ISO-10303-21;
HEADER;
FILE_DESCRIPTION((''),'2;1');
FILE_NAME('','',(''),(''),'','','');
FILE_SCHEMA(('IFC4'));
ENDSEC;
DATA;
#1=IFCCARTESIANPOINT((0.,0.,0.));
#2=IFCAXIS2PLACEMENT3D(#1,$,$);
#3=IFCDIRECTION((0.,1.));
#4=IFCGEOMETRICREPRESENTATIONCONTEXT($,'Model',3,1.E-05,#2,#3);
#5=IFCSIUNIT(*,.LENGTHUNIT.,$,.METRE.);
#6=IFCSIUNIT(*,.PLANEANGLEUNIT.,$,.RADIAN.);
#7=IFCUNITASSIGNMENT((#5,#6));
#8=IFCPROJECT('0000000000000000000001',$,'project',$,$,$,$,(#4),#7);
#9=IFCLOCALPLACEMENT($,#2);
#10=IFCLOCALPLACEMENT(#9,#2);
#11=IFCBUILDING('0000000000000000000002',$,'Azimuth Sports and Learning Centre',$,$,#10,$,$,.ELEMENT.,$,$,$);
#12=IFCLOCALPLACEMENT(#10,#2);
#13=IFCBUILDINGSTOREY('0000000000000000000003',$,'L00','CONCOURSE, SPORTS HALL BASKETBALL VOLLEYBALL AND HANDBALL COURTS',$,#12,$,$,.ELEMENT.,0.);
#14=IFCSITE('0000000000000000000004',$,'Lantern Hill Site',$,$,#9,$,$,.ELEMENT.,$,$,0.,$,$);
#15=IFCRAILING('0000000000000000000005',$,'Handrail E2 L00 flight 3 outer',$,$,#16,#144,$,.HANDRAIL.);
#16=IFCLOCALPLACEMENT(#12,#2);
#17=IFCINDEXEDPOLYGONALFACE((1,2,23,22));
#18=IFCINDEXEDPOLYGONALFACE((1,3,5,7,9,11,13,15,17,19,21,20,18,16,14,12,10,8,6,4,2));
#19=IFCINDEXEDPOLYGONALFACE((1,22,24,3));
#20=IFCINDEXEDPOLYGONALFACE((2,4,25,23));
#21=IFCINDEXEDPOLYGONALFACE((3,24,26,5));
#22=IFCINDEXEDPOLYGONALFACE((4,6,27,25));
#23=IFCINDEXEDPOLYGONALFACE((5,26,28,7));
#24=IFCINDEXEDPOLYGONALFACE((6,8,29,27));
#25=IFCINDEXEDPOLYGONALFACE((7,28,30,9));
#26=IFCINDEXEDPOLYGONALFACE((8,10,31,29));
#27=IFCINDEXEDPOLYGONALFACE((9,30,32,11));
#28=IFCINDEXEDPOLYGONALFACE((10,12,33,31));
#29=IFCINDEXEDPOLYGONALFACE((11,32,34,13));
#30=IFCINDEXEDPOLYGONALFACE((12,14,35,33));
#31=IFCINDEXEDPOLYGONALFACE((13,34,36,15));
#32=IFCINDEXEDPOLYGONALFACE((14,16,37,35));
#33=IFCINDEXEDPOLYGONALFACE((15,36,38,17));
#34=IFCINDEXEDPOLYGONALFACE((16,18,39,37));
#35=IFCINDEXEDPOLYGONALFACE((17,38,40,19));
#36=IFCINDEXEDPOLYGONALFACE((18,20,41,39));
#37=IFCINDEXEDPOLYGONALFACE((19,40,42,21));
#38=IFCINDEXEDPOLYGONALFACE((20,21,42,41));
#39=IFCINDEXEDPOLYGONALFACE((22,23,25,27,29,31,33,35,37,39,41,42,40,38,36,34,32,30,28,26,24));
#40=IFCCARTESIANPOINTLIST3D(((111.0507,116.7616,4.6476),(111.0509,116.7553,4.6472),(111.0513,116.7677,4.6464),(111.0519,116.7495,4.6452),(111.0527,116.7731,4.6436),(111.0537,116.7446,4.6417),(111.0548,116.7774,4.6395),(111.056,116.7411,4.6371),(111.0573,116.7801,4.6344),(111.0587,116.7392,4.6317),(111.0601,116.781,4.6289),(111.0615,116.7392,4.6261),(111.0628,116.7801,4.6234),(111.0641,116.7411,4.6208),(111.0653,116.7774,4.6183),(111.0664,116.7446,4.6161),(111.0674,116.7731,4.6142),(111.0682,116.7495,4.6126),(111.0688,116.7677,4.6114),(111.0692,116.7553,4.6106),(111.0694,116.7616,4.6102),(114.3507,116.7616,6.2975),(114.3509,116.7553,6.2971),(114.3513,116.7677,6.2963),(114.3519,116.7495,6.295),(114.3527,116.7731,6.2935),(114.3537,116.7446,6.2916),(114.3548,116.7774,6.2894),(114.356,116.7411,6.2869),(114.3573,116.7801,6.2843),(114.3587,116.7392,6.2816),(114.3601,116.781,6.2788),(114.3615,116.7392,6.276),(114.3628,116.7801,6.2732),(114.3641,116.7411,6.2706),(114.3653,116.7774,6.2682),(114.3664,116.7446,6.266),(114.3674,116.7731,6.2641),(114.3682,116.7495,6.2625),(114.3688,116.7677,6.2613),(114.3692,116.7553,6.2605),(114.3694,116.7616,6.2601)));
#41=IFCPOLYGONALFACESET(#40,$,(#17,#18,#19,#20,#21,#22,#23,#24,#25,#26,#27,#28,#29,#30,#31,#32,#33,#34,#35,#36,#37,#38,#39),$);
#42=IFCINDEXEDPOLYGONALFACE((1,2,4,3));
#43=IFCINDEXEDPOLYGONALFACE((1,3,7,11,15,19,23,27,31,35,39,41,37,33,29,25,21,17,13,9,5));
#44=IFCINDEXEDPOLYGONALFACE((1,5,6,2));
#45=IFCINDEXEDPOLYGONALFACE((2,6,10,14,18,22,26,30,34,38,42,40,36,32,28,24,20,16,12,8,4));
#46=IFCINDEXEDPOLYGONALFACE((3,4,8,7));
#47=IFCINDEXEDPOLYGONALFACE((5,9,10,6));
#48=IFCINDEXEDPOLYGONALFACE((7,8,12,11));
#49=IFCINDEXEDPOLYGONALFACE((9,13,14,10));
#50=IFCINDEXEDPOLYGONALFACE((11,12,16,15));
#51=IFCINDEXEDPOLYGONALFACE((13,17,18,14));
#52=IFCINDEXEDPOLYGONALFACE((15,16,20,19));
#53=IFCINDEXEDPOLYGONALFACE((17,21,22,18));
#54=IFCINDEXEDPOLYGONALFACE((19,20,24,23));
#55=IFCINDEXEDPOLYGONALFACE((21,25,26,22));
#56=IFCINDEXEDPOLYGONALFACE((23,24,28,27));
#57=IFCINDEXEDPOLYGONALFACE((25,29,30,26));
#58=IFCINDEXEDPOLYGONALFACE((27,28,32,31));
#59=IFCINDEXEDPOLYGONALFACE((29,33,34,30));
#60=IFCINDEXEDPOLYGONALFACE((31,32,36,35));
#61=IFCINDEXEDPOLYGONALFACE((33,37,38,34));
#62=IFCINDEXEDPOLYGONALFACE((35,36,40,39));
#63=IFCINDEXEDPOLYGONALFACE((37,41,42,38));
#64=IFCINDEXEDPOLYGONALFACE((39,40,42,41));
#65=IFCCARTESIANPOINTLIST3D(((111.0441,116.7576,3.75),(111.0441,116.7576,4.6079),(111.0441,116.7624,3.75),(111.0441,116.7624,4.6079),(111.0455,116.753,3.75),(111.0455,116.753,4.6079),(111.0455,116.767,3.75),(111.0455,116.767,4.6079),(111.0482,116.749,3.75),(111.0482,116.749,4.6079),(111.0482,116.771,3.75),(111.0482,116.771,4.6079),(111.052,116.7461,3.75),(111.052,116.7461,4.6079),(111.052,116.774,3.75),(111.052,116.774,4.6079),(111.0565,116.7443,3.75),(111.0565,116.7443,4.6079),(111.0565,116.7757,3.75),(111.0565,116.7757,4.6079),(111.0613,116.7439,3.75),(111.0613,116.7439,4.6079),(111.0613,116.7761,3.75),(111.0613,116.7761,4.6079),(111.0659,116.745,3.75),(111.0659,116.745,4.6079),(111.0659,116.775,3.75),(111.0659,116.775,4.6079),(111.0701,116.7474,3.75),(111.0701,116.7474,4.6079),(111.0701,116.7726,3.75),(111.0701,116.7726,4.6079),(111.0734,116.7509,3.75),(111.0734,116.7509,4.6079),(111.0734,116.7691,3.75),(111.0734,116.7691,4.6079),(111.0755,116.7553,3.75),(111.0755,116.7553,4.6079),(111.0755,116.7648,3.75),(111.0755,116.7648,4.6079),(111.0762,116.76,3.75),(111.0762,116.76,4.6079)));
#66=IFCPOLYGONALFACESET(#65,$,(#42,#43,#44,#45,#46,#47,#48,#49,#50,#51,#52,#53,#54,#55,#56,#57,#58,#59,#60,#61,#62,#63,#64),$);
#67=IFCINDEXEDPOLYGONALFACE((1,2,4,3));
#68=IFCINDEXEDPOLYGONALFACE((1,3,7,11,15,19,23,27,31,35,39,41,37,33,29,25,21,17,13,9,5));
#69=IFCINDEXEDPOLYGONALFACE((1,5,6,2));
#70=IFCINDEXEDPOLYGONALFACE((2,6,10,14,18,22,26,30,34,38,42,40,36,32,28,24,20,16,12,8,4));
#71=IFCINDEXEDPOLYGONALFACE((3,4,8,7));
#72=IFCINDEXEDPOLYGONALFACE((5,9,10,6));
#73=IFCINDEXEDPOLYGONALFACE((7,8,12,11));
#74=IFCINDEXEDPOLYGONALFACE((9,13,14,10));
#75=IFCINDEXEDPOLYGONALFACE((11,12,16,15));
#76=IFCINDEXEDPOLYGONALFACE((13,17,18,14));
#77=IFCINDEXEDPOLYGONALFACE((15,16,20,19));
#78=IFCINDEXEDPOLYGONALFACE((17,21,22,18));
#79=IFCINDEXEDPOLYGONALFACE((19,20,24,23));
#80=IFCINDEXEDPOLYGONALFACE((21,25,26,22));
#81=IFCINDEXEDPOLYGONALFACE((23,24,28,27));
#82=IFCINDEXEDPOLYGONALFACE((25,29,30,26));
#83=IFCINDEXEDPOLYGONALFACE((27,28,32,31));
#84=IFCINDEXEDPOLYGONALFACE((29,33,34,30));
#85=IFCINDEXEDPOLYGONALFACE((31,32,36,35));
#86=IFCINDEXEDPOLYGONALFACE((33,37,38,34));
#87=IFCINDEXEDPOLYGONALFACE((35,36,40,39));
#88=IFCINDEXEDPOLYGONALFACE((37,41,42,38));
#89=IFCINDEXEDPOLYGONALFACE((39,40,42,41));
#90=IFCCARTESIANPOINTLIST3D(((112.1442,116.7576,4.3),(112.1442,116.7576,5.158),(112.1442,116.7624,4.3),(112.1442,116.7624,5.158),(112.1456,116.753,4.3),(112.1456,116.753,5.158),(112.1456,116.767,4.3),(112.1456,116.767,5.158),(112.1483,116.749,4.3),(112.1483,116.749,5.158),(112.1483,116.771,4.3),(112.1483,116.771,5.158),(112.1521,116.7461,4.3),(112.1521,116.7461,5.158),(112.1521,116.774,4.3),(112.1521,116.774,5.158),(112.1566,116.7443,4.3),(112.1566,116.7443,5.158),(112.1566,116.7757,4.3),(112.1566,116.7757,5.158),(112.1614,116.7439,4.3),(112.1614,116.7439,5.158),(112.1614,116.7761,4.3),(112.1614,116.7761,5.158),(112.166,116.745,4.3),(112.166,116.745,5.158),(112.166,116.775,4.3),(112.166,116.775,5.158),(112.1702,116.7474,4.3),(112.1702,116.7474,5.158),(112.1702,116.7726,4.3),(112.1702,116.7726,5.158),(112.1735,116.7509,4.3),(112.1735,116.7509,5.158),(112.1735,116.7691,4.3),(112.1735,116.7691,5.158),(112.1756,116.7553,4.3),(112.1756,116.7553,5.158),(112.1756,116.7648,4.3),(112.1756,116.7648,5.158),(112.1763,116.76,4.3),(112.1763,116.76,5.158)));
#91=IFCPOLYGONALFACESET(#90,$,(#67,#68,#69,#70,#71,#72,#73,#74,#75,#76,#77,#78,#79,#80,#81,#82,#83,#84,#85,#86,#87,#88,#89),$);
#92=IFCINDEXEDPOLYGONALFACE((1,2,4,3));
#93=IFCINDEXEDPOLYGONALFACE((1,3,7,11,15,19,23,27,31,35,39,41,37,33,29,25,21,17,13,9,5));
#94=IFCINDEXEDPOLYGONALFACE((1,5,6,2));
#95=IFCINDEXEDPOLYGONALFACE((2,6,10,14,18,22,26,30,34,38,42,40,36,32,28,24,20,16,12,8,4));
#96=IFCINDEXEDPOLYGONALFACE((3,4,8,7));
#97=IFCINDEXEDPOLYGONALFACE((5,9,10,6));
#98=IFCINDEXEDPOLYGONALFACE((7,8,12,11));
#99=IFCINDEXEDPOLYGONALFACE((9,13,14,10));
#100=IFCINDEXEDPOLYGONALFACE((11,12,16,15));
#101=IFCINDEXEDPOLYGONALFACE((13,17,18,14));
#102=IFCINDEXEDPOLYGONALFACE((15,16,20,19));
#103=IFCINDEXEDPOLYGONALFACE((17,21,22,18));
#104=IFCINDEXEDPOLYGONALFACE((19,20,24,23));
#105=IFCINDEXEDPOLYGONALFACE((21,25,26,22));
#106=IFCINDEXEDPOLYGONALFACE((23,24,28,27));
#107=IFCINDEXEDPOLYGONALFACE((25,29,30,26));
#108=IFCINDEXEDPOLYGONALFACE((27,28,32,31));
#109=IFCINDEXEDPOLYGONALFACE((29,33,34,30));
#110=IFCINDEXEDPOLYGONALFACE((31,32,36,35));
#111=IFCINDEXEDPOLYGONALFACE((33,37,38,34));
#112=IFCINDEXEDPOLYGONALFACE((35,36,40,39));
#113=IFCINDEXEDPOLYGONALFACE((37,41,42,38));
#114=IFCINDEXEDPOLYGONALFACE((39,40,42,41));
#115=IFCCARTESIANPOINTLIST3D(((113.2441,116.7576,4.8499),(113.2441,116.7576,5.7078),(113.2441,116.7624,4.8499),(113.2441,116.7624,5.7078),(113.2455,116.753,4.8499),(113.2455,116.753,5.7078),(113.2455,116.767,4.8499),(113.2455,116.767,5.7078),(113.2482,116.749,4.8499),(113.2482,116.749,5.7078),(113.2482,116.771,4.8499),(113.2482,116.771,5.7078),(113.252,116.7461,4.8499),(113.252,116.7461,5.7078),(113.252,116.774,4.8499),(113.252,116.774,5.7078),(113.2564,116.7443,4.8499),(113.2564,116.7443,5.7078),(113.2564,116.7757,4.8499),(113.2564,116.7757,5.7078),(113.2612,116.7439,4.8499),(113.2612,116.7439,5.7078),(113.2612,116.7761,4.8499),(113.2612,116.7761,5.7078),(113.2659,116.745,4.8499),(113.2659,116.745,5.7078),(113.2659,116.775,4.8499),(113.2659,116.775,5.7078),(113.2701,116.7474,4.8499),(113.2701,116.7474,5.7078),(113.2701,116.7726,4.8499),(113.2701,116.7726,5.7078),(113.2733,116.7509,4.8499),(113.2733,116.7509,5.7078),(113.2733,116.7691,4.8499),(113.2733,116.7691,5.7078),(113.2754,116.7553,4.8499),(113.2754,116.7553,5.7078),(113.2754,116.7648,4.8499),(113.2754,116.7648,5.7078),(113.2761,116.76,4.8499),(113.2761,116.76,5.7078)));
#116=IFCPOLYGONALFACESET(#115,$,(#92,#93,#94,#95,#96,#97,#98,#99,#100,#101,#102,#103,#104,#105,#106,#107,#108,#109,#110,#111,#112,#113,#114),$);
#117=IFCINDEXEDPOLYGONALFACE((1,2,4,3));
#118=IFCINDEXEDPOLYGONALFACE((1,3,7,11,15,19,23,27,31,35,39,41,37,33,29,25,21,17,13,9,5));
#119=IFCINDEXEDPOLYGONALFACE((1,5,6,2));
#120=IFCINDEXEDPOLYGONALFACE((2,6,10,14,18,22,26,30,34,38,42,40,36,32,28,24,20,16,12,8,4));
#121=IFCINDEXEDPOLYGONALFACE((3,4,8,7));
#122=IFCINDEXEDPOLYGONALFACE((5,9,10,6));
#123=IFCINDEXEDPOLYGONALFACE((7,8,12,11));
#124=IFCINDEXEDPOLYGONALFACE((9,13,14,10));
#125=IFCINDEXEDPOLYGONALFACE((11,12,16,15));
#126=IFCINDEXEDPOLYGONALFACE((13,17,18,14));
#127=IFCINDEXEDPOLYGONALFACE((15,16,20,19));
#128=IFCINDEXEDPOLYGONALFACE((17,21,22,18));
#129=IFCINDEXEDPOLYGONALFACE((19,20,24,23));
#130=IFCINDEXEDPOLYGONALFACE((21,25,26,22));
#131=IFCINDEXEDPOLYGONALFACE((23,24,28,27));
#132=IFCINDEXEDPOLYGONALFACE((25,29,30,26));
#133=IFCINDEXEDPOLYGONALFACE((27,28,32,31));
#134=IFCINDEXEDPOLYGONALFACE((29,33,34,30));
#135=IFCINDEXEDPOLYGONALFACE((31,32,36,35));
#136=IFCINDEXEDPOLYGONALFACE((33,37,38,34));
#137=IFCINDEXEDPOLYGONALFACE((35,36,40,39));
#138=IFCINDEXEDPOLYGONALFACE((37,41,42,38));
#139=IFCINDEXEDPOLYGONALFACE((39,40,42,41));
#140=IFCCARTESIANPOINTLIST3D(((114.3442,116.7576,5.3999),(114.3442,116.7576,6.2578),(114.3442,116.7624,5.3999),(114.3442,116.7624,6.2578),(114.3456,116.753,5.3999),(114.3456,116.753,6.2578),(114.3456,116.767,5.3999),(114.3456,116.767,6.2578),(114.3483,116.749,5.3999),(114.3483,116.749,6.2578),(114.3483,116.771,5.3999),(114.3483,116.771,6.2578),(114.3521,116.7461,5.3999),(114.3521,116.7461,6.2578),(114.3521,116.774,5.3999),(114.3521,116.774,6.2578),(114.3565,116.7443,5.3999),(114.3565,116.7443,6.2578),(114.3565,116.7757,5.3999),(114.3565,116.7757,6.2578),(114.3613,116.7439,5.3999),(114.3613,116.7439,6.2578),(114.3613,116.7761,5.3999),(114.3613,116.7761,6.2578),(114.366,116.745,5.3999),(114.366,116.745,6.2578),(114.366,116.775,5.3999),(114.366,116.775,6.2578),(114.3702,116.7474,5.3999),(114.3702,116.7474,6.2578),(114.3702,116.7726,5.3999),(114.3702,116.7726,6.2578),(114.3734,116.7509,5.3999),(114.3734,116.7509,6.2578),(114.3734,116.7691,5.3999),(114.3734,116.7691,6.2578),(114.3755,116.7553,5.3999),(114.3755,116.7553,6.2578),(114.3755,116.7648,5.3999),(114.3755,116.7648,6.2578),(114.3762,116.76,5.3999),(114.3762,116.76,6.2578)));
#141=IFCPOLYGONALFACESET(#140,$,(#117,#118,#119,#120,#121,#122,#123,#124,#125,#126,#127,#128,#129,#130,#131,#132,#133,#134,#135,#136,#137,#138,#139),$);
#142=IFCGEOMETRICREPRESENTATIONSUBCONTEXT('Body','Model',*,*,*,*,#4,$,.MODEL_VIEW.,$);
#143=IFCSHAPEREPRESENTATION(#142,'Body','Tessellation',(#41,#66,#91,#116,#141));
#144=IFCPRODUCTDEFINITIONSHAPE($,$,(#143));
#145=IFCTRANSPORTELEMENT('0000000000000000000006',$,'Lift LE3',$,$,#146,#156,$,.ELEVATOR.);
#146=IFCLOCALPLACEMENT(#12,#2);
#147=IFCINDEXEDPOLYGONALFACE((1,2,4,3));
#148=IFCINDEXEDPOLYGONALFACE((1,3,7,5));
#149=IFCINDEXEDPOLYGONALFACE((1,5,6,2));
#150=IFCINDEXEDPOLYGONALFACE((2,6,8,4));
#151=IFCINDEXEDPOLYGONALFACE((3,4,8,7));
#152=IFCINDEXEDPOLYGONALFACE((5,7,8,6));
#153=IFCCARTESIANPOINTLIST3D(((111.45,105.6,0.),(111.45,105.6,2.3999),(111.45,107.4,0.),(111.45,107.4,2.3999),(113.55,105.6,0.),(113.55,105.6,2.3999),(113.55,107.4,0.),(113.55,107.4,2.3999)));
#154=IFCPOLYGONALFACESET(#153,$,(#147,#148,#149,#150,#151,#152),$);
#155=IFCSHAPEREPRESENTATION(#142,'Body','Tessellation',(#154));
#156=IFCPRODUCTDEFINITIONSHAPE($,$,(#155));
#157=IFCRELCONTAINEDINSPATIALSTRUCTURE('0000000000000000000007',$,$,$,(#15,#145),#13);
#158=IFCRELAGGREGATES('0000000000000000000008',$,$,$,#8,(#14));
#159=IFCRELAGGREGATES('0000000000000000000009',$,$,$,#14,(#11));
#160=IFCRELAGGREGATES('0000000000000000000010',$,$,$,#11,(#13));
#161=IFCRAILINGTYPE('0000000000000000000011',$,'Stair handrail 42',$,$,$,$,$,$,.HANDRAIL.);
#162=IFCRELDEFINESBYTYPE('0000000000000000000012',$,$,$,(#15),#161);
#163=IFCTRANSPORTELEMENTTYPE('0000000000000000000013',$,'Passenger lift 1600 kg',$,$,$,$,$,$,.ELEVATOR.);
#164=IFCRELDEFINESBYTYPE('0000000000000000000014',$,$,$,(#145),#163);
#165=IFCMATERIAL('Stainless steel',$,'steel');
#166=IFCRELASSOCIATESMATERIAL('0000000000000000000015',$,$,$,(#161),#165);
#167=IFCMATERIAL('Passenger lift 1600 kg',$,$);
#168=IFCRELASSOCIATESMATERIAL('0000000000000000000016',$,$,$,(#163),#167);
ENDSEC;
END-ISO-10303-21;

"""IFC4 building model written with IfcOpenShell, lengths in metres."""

from ifc_helpers import new_model, si_unit, direction, frame, origin, origin_2d, place, context, subcontext, project, spatial, rectangle, circle, extrude, material, type_object, element, save


model = new_model("IFC4")

# Units and contexts
model_context = context("Model", 3, precision=1e-05, world=origin(), true_north=direction((0.0, 1.0)))
body_context = subcontext(model_context, "Body", "Model", "MODEL_VIEW")
ifc_project = project(units=[si_unit("LENGTHUNIT", "METRE"), si_unit("PLANEANGLEUNIT", "RADIAN")], contexts=[model_context])

# Site, building, storey
site_placement = place(None, origin())
site = spatial("IfcSite", under=ifc_project, at=site_placement, Name="Lantern Hill Site", CompositionType="ELEMENT", RefElevation=0.0)
building_placement = place(site_placement, origin())
building = spatial("IfcBuilding", under=site, at=building_placement, Name="Azimuth Sports and Learning Centre", CompositionType="ELEMENT")
storey_placement = place(building_placement, origin())
storey = spatial("IfcBuildingStorey", under=building, at=storey_placement, Name="L00", Description="CONCOURSE, SPORTS HALL BASKETBALL VOLLEYBALL AND HANDBALL COURTS", CompositionType="ELEMENT", Elevation=0.0)

# Railing
ifc_material_1 = material(Name="Stainless steel", Category="steel")
railing_type_1 = type_object("IfcRailingType", Name="Stair handrail 42", PredefinedType="HANDRAIL", material=ifc_material_1)
for number, where, name in (
    (1, (111.0601, 116.76, 3.75), "Handrail E2 L00 flight 3 outer"),
):
    element("IfcRailing", number, at=place(storey_placement, frame(where)), inside=storey, type_object=railing_type_1, Name=name, PredefinedType="HANDRAIL", context=body_context, shape_type="SweptSolid", body=[
        extrude(circle(Radius=0.021, at=origin_2d()), frame((0.0, 0.0, 0.8789), z_axis=(0.89444, 0.0, 0.447187), x_axis=(0.0, 1.0, 0.0)), (0.0, 0.0, 1.0), 3.6895),
        extrude(circle(Radius=0.0161, at=origin_2d()), origin(), (0.0, 0.0, 1.0), 0.8579),
        extrude(circle(Radius=0.0161, at=origin_2d()), frame((1.1001, 0.0, 0.55)), (0.0, 0.0, 1.0), 0.8579),
        extrude(circle(Radius=0.0161, at=origin_2d()), frame((2.2, 0.0, 1.0999)), (0.0, 0.0, 1.0), 0.8579),
        extrude(circle(Radius=0.0161, at=origin_2d()), frame((3.3, 0.0, 1.6499)), (0.0, 0.0, 1.0), 0.8579),
    ])

# Transport element
ifc_material_2 = material(Name="Passenger lift 1600 kg")
transport_element_type = type_object("IfcTransportElementType", Name="Passenger lift 1600 kg", PredefinedType="ELEVATOR", material=ifc_material_2)
transport_element_placement = place(storey_placement, frame((112.5, 106.5, 0.0), z_axis=(0.0, 0.0, 1.0), x_axis=(1.0, 0.0, 0.0)))
element("IfcTransportElement", 2, at=transport_element_placement, inside=storey, type_object=transport_element_type, Name="Lift LE3", PredefinedType="ELEVATOR", context=body_context, shape_type="SweptSolid", body=[
    extrude(rectangle(XDim=2.1001, YDim=1.8, at=origin_2d()), origin(), (0.0, 0.0, 1.0), 2.3999),
])

save(model, "model.ifc")
